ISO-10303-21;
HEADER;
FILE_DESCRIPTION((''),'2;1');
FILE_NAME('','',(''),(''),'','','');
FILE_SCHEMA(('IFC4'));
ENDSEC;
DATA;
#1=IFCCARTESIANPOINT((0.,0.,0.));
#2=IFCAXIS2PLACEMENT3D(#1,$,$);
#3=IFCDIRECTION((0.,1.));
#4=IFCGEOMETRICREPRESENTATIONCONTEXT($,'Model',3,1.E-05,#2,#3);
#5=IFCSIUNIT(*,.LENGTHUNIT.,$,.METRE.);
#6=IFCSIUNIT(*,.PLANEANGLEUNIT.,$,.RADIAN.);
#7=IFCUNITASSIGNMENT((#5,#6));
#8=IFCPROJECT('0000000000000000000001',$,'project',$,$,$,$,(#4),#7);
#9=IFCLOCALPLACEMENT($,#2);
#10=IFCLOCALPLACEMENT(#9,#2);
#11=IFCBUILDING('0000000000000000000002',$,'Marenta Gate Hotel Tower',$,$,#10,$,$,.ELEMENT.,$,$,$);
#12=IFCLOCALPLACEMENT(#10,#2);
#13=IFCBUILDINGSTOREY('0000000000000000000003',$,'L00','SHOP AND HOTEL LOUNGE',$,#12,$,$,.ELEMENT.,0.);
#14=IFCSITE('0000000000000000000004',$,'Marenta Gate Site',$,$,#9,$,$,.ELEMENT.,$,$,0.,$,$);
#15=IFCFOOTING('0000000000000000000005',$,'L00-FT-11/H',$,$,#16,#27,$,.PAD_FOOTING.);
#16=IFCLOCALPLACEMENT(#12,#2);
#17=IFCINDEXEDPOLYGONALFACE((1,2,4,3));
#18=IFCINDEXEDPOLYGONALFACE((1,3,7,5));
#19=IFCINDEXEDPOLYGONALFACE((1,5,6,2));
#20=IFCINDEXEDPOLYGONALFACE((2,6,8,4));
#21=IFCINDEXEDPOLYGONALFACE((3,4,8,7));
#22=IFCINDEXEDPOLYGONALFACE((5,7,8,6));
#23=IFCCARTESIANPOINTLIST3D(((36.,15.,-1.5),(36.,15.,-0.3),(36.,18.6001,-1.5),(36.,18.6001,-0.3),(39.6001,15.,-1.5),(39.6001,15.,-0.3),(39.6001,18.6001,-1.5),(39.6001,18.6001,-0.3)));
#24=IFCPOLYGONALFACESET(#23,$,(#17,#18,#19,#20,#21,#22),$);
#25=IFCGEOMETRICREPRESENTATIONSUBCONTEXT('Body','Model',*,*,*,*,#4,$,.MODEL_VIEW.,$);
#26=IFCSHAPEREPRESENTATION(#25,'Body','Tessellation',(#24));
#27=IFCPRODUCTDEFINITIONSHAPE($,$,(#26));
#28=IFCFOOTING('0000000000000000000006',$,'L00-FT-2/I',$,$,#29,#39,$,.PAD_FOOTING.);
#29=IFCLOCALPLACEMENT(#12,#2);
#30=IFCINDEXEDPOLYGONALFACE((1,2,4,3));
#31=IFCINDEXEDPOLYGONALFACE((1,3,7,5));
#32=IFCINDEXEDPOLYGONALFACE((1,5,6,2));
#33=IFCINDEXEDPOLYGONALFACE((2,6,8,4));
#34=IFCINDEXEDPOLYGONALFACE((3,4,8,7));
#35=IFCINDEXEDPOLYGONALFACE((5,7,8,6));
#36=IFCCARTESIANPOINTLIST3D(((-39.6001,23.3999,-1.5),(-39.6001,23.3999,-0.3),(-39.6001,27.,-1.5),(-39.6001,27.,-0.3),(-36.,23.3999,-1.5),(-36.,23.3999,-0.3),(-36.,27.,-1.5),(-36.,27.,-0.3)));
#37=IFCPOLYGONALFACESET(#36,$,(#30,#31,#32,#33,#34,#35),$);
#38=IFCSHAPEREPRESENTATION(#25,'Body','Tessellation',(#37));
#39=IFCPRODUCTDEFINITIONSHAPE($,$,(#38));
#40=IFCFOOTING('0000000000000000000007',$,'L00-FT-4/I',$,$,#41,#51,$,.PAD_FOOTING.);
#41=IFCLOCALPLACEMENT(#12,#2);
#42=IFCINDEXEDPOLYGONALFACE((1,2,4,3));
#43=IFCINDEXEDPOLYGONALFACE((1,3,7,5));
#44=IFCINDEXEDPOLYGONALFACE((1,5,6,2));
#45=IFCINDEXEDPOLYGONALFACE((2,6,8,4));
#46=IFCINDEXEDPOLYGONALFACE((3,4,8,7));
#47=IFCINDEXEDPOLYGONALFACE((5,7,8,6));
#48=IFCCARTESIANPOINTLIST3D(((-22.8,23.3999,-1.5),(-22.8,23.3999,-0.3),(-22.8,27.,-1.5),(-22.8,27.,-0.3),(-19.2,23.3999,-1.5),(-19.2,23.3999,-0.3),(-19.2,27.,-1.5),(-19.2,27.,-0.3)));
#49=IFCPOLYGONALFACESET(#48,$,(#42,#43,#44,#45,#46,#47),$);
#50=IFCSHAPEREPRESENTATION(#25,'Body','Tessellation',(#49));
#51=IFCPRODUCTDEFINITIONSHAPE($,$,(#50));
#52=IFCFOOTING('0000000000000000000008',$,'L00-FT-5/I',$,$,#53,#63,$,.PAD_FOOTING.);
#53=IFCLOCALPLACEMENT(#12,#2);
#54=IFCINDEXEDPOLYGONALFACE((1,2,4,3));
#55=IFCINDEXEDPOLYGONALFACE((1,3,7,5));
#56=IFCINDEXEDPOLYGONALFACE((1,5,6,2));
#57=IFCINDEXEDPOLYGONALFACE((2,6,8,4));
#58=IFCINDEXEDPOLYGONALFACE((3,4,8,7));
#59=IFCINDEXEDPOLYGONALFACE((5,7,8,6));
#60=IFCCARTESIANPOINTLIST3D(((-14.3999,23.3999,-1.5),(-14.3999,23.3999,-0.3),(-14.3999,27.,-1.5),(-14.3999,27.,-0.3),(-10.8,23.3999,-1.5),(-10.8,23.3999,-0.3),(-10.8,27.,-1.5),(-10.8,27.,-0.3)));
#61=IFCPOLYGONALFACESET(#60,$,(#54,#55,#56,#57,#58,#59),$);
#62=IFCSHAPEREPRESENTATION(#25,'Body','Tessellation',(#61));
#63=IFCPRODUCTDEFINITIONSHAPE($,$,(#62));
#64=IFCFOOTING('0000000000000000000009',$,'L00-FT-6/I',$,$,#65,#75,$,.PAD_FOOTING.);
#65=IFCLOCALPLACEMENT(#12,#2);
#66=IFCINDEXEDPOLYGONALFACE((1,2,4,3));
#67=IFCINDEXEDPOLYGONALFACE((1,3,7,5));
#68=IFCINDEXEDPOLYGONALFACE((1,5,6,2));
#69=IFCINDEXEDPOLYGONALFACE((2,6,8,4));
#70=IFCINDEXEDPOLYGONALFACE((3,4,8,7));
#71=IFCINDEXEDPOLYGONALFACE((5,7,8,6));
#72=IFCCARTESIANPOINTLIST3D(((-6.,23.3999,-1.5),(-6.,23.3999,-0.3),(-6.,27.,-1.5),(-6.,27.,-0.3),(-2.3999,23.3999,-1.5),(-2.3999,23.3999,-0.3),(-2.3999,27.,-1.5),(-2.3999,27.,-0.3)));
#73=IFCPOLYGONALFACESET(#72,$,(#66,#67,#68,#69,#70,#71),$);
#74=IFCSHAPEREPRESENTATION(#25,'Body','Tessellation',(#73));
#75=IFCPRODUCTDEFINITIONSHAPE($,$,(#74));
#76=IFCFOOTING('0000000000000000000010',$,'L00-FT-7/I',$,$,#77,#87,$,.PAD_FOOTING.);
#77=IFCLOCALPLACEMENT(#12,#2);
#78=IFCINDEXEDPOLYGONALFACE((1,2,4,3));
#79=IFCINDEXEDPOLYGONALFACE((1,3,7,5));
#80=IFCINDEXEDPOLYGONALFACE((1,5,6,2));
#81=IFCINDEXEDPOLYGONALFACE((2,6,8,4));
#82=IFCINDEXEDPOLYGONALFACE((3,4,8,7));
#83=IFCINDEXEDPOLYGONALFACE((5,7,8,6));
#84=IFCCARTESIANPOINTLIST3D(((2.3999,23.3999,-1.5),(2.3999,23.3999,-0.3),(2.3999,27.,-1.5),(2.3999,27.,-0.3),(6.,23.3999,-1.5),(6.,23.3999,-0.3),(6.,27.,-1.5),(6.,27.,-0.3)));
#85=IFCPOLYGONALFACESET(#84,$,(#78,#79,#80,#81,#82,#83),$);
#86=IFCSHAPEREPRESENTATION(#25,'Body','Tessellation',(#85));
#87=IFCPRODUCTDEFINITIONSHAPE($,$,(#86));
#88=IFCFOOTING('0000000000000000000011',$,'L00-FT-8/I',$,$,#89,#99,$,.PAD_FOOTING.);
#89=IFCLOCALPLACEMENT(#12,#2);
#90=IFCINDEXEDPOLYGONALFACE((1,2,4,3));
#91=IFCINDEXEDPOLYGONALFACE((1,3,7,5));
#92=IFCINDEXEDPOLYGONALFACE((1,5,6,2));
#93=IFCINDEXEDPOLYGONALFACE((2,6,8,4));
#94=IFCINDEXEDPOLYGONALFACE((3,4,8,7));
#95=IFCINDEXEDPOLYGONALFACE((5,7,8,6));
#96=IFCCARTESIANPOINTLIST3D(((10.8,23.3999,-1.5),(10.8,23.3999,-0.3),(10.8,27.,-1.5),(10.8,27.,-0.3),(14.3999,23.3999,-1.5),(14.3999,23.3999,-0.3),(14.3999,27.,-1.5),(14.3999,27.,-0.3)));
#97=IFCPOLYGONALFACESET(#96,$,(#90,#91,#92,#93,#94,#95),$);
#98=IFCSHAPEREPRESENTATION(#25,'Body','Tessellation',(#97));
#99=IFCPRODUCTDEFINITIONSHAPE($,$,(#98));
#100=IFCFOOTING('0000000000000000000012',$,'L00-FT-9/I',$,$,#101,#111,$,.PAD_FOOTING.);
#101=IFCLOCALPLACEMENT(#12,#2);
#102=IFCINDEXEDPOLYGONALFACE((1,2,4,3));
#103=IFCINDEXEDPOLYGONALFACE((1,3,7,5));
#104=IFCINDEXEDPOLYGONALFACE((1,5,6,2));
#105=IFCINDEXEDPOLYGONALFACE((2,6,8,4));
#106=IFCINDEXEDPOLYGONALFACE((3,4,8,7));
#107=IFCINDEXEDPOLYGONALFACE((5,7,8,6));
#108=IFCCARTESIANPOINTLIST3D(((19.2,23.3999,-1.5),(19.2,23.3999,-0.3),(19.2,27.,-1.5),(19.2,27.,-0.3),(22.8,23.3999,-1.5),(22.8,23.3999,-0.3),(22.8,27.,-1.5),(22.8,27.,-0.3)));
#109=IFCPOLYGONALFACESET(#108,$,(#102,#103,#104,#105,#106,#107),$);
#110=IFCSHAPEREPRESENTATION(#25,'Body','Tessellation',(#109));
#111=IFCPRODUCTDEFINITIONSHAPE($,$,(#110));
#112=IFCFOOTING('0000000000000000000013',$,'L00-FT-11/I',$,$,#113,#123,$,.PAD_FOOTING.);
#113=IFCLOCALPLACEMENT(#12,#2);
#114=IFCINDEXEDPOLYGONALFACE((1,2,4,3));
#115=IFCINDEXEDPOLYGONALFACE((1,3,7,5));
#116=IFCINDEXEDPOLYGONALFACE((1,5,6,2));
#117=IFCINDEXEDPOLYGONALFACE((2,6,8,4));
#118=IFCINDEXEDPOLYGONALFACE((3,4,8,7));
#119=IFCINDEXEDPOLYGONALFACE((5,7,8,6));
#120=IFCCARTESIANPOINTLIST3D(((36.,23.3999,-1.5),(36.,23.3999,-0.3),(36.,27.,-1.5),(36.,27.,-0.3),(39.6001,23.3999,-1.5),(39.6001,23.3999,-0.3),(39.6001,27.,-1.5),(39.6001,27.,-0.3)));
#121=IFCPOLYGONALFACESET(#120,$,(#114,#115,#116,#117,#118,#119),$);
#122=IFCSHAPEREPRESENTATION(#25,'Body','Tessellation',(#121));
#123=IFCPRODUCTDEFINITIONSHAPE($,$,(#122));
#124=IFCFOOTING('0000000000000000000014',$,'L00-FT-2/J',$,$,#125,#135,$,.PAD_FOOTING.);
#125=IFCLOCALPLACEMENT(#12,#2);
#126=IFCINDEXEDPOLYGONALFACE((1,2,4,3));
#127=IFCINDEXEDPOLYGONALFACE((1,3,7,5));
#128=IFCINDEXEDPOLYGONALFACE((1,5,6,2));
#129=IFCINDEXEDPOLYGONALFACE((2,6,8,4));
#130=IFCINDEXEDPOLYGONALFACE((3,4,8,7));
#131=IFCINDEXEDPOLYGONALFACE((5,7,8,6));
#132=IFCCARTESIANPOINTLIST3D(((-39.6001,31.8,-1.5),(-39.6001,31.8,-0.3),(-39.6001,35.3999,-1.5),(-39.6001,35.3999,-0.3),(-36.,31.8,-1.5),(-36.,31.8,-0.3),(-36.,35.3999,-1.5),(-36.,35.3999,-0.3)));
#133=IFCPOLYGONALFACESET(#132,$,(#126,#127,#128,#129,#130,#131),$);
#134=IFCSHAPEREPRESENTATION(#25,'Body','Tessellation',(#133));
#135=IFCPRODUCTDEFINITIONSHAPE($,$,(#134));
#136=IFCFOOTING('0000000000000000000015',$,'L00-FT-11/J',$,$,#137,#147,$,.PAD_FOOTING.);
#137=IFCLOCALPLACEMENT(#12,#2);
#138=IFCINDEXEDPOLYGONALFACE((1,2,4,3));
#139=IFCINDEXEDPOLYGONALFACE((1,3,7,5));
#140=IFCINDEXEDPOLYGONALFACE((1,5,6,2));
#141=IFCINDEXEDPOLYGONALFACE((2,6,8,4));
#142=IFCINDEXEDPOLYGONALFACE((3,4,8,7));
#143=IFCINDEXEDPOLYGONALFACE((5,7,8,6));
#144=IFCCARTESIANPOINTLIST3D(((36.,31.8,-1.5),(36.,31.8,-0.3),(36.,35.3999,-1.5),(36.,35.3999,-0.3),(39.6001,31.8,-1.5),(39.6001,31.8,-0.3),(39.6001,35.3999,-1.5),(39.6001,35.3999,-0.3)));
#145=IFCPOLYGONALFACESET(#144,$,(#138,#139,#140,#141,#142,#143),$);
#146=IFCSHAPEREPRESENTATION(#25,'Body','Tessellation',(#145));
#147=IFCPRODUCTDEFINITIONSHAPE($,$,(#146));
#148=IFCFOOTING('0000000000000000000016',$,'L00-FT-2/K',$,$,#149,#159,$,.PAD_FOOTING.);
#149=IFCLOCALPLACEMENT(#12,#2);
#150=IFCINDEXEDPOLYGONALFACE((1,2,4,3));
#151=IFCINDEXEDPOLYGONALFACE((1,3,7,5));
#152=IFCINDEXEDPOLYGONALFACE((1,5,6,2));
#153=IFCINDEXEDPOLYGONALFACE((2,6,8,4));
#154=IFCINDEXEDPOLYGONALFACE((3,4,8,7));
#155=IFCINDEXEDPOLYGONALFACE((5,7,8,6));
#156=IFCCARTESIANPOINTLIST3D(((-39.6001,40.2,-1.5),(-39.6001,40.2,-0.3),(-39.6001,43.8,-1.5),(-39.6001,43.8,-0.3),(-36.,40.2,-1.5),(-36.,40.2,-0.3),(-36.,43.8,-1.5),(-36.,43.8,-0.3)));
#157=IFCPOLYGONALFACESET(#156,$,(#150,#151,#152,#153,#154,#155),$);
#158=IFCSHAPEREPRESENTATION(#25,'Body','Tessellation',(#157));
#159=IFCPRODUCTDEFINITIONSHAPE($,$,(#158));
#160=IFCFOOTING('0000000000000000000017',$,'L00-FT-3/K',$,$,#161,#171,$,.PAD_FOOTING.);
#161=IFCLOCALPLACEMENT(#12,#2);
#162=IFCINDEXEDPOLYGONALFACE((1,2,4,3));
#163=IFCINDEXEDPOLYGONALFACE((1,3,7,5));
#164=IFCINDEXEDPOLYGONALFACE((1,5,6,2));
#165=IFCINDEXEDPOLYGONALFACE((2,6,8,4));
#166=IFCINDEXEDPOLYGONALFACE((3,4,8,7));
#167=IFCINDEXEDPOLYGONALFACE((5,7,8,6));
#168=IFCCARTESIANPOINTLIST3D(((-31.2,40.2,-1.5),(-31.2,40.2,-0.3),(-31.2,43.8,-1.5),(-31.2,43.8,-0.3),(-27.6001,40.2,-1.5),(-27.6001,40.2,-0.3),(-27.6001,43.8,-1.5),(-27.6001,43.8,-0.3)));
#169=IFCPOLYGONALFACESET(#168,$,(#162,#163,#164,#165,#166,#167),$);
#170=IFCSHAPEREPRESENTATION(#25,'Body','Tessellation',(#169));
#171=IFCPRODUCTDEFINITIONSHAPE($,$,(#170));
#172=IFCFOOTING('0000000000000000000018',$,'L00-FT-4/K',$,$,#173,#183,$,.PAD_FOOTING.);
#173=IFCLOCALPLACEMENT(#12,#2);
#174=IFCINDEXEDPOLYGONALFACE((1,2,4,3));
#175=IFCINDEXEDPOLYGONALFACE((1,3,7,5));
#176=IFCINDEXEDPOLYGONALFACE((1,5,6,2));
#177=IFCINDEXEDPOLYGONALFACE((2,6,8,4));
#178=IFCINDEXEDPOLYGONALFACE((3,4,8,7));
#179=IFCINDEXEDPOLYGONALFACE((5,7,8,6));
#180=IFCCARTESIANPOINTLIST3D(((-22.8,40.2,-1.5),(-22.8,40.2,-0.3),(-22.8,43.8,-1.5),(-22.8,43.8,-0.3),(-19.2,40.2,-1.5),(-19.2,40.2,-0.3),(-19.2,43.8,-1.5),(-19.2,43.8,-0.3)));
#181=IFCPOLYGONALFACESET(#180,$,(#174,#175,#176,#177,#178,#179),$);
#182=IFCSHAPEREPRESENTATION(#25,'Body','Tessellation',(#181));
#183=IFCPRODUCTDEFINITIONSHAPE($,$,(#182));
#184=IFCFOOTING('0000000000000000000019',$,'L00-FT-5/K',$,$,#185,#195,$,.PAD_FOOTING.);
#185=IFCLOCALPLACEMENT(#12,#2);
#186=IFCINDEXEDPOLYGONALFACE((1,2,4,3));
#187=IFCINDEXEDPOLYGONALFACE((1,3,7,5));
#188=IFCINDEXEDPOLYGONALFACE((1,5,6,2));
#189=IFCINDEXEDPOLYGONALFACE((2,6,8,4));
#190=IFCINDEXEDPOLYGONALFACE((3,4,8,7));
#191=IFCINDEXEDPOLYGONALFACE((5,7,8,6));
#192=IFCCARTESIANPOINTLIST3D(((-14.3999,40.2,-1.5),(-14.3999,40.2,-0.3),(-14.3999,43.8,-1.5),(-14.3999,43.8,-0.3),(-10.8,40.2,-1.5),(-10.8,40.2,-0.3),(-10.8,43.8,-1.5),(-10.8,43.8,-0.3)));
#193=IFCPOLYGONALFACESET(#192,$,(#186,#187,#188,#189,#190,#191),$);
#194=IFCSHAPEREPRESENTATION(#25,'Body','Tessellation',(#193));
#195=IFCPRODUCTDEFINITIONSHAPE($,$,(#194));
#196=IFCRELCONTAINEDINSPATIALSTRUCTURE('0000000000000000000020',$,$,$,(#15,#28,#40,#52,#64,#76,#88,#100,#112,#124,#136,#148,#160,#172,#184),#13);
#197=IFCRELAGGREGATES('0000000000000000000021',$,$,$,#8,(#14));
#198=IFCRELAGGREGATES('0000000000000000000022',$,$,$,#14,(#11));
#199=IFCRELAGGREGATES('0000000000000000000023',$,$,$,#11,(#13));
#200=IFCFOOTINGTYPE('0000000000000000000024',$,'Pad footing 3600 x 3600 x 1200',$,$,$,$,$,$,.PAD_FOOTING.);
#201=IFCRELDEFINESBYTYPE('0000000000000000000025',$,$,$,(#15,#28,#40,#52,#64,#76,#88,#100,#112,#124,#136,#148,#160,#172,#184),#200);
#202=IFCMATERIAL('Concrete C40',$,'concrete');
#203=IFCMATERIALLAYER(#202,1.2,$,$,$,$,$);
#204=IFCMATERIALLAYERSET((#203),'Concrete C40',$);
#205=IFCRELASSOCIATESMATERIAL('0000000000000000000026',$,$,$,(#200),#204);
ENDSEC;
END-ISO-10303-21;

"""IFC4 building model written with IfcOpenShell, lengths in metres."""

from ifc_helpers import new_model, si_unit, direction, frame, origin, place, context, subcontext, project, spatial, polyline, outline, extrude, material, layer, layer_set, type_object, element, save


model = new_model("IFC4")

# Units and contexts
model_context = context("Model", 3, precision=1e-05, world=origin(), true_north=direction((0.0, 1.0)))
body_context = subcontext(model_context, "Body", "Model", "MODEL_VIEW")
ifc_project = project(units=[si_unit("LENGTHUNIT", "METRE"), si_unit("PLANEANGLEUNIT", "RADIAN")], contexts=[model_context])

# Site, building, storey
site_placement = place(None, origin())
site = spatial("IfcSite", under=ifc_project, at=site_placement, Name="Marenta Gate Site", CompositionType="ELEMENT", RefElevation=0.0)
building_placement = place(site_placement, origin())
building = spatial("IfcBuilding", under=site, at=building_placement, Name="Marenta Gate Hotel Tower", CompositionType="ELEMENT")
storey_placement = place(building_placement, origin())
storey = spatial("IfcBuildingStorey", under=building, at=storey_placement, Name="L00", Description="SHOP AND HOTEL LOUNGE", CompositionType="ELEMENT", Elevation=0.0)

# Footings
ifc_material_1 = material(Name="Concrete C40", Category="concrete")
ifc_layer_1 = layer(ifc_material_1, 1.2)
ifc_layer_set_1 = layer_set([ifc_layer_1], Name="Concrete C40")
footing_type_1 = type_object("IfcFootingType", Name="Pad footing 3600 x 3600 x 1200", PredefinedType="PAD_FOOTING", material=ifc_layer_set_1)
footing_1_placement = place(storey_placement, frame((0.0, 0.0, -1.5)))
element("IfcFooting", 1, at=footing_1_placement, inside=storey, type_object=footing_type_1, Name="L00-FT-11/H", PredefinedType="PAD_FOOTING", context=body_context, shape_type="SweptSolid", body=[
    extrude(outline(polyline([(36.0, 15.0), (39.6001, 15.0), (39.6001, 18.6001), (36.0, 18.6001), (36.0, 15.0)])), origin(), (0.0, 0.0, 1.0), 1.2),
])
footing_2_placement = place(storey_placement, frame((0.0, 0.0, -1.5)))
element("IfcFooting", 2, at=footing_2_placement, inside=storey, type_object=footing_type_1, Name="L00-FT-2/I", PredefinedType="PAD_FOOTING", context=body_context, shape_type="SweptSolid", body=[
    extrude(outline(polyline([(-39.6001, 23.3999), (-36.0, 23.3999), (-36.0, 27.0), (-39.6001, 27.0), (-39.6001, 23.3999)])), origin(), (0.0, 0.0, 1.0), 1.2),
])
footing_3_placement = place(storey_placement, frame((0.0, 0.0, -1.5)))
element("IfcFooting", 3, at=footing_3_placement, inside=storey, type_object=footing_type_1, Name="L00-FT-4/I", PredefinedType="PAD_FOOTING", context=body_context, shape_type="SweptSolid", body=[
    extrude(outline(polyline([(-22.8, 23.3999), (-19.2, 23.3999), (-19.2, 27.0), (-22.8, 27.0), (-22.8, 23.3999)])), origin(), (0.0, 0.0, 1.0), 1.2),
])
footing_4_placement = place(storey_placement, frame((0.0, 0.0, -1.5)))
element("IfcFooting", 4, at=footing_4_placement, inside=storey, type_object=footing_type_1, Name="L00-FT-5/I", PredefinedType="PAD_FOOTING", context=body_context, shape_type="SweptSolid", body=[
    extrude(outline(polyline([(-14.3999, 23.3999), (-10.8, 23.3999), (-10.8, 27.0), (-14.3999, 27.0), (-14.3999, 23.3999)])), origin(), (0.0, 0.0, 1.0), 1.2),
])
footing_5_placement = place(storey_placement, frame((0.0, 0.0, -1.5)))
element("IfcFooting", 5, at=footing_5_placement, inside=storey, type_object=footing_type_1, Name="L00-FT-6/I", PredefinedType="PAD_FOOTING", context=body_context, shape_type="SweptSolid", body=[
    extrude(outline(polyline([(-6.0, 23.3999), (-2.3999, 23.3999), (-2.3999, 27.0), (-6.0, 27.0), (-6.0, 23.3999)])), origin(), (0.0, 0.0, 1.0), 1.2),
])
footing_6_placement = place(storey_placement, frame((0.0, 0.0, -1.5)))
element("IfcFooting", 6, at=footing_6_placement, inside=storey, type_object=footing_type_1, Name="L00-FT-7/I", PredefinedType="PAD_FOOTING", context=body_context, shape_type="SweptSolid", body=[
    extrude(outline(polyline([(2.3999, 23.3999), (6.0, 23.3999), (6.0, 27.0), (2.3999, 27.0), (2.3999, 23.3999)])), origin(), (0.0, 0.0, 1.0), 1.2),
])
footing_7_placement = place(storey_placement, frame((0.0, 0.0, -1.5)))
element("IfcFooting", 7, at=footing_7_placement, inside=storey, type_object=footing_type_1, Name="L00-FT-8/I", PredefinedType="PAD_FOOTING", context=body_context, shape_type="SweptSolid", body=[
    extrude(outline(polyline([(10.8, 23.3999), (14.3999, 23.3999), (14.3999, 27.0), (10.8, 27.0), (10.8, 23.3999)])), origin(), (0.0, 0.0, 1.0), 1.2),
])
footing_8_placement = place(storey_placement, frame((0.0, 0.0, -1.5)))
element("IfcFooting", 8, at=footing_8_placement, inside=storey, type_object=footing_type_1, Name="L00-FT-9/I", PredefinedType="PAD_FOOTING", context=body_context, shape_type="SweptSolid", body=[
    extrude(outline(polyline([(19.2, 23.3999), (22.8, 23.3999), (22.8, 27.0), (19.2, 27.0), (19.2, 23.3999)])), origin(), (0.0, 0.0, 1.0), 1.2),
])
footing_9_placement = place(storey_placement, frame((0.0, 0.0, -1.5)))
element("IfcFooting", 9, at=footing_9_placement, inside=storey, type_object=footing_type_1, Name="L00-FT-11/I", PredefinedType="PAD_FOOTING", context=body_context, shape_type="SweptSolid", body=[
    extrude(outline(polyline([(36.0, 23.3999), (39.6001, 23.3999), (39.6001, 27.0), (36.0, 27.0), (36.0, 23.3999)])), origin(), (0.0, 0.0, 1.0), 1.2),
])
footing_10_placement = place(storey_placement, frame((0.0, 0.0, -1.5)))
element("IfcFooting", 10, at=footing_10_placement, inside=storey, type_object=footing_type_1, Name="L00-FT-2/J", PredefinedType="PAD_FOOTING", context=body_context, shape_type="SweptSolid", body=[
    extrude(outline(polyline([(-39.6001, 31.8), (-36.0, 31.8), (-36.0, 35.3999), (-39.6001, 35.3999), (-39.6001, 31.8)])), origin(), (0.0, 0.0, 1.0), 1.2),
])
footing_11_placement = place(storey_placement, frame((0.0, 0.0, -1.5)))
element("IfcFooting", 11, at=footing_11_placement, inside=storey, type_object=footing_type_1, Name="L00-FT-11/J", PredefinedType="PAD_FOOTING", context=body_context, shape_type="SweptSolid", body=[
    extrude(outline(polyline([(36.0, 31.8), (39.6001, 31.8), (39.6001, 35.3999), (36.0, 35.3999), (36.0, 31.8)])), origin(), (0.0, 0.0, 1.0), 1.2),
])
footing_12_placement = place(storey_placement, frame((0.0, 0.0, -1.5)))
element("IfcFooting", 12, at=footing_12_placement, inside=storey, type_object=footing_type_1, Name="L00-FT-2/K", PredefinedType="PAD_FOOTING", context=body_context, shape_type="SweptSolid", body=[
    extrude(outline(polyline([(-39.6001, 40.2), (-36.0, 40.2), (-36.0, 43.8), (-39.6001, 43.8), (-39.6001, 40.2)])), origin(), (0.0, 0.0, 1.0), 1.2),
])
footing_13_placement = place(storey_placement, frame((0.0, 0.0, -1.5)))
element("IfcFooting", 13, at=footing_13_placement, inside=storey, type_object=footing_type_1, Name="L00-FT-3/K", PredefinedType="PAD_FOOTING", context=body_context, shape_type="SweptSolid", body=[
    extrude(outline(polyline([(-31.2, 40.2), (-27.6001, 40.2), (-27.6001, 43.8), (-31.2, 43.8), (-31.2, 40.2)])), origin(), (0.0, 0.0, 1.0), 1.2),
])
footing_14_placement = place(storey_placement, frame((0.0, 0.0, -1.5)))
element("IfcFooting", 14, at=footing_14_placement, inside=storey, type_object=footing_type_1, Name="L00-FT-4/K", PredefinedType="PAD_FOOTING", context=body_context, shape_type="SweptSolid", body=[
    extrude(outline(polyline([(-22.8, 40.2), (-19.2, 40.2), (-19.2, 43.8), (-22.8, 43.8), (-22.8, 40.2)])), origin(), (0.0, 0.0, 1.0), 1.2),
])
footing_15_placement = place(storey_placement, frame((0.0, 0.0, -1.5)))
element("IfcFooting", 15, at=footing_15_placement, inside=storey, type_object=footing_type_1, Name="L00-FT-5/K", PredefinedType="PAD_FOOTING", context=body_context, shape_type="SweptSolid", body=[
    extrude(outline(polyline([(-14.3999, 40.2), (-10.8, 40.2), (-10.8, 43.8), (-14.3999, 43.8), (-14.3999, 40.2)])), origin(), (0.0, 0.0, 1.0), 1.2),
])

save(model, "model.ifc")
